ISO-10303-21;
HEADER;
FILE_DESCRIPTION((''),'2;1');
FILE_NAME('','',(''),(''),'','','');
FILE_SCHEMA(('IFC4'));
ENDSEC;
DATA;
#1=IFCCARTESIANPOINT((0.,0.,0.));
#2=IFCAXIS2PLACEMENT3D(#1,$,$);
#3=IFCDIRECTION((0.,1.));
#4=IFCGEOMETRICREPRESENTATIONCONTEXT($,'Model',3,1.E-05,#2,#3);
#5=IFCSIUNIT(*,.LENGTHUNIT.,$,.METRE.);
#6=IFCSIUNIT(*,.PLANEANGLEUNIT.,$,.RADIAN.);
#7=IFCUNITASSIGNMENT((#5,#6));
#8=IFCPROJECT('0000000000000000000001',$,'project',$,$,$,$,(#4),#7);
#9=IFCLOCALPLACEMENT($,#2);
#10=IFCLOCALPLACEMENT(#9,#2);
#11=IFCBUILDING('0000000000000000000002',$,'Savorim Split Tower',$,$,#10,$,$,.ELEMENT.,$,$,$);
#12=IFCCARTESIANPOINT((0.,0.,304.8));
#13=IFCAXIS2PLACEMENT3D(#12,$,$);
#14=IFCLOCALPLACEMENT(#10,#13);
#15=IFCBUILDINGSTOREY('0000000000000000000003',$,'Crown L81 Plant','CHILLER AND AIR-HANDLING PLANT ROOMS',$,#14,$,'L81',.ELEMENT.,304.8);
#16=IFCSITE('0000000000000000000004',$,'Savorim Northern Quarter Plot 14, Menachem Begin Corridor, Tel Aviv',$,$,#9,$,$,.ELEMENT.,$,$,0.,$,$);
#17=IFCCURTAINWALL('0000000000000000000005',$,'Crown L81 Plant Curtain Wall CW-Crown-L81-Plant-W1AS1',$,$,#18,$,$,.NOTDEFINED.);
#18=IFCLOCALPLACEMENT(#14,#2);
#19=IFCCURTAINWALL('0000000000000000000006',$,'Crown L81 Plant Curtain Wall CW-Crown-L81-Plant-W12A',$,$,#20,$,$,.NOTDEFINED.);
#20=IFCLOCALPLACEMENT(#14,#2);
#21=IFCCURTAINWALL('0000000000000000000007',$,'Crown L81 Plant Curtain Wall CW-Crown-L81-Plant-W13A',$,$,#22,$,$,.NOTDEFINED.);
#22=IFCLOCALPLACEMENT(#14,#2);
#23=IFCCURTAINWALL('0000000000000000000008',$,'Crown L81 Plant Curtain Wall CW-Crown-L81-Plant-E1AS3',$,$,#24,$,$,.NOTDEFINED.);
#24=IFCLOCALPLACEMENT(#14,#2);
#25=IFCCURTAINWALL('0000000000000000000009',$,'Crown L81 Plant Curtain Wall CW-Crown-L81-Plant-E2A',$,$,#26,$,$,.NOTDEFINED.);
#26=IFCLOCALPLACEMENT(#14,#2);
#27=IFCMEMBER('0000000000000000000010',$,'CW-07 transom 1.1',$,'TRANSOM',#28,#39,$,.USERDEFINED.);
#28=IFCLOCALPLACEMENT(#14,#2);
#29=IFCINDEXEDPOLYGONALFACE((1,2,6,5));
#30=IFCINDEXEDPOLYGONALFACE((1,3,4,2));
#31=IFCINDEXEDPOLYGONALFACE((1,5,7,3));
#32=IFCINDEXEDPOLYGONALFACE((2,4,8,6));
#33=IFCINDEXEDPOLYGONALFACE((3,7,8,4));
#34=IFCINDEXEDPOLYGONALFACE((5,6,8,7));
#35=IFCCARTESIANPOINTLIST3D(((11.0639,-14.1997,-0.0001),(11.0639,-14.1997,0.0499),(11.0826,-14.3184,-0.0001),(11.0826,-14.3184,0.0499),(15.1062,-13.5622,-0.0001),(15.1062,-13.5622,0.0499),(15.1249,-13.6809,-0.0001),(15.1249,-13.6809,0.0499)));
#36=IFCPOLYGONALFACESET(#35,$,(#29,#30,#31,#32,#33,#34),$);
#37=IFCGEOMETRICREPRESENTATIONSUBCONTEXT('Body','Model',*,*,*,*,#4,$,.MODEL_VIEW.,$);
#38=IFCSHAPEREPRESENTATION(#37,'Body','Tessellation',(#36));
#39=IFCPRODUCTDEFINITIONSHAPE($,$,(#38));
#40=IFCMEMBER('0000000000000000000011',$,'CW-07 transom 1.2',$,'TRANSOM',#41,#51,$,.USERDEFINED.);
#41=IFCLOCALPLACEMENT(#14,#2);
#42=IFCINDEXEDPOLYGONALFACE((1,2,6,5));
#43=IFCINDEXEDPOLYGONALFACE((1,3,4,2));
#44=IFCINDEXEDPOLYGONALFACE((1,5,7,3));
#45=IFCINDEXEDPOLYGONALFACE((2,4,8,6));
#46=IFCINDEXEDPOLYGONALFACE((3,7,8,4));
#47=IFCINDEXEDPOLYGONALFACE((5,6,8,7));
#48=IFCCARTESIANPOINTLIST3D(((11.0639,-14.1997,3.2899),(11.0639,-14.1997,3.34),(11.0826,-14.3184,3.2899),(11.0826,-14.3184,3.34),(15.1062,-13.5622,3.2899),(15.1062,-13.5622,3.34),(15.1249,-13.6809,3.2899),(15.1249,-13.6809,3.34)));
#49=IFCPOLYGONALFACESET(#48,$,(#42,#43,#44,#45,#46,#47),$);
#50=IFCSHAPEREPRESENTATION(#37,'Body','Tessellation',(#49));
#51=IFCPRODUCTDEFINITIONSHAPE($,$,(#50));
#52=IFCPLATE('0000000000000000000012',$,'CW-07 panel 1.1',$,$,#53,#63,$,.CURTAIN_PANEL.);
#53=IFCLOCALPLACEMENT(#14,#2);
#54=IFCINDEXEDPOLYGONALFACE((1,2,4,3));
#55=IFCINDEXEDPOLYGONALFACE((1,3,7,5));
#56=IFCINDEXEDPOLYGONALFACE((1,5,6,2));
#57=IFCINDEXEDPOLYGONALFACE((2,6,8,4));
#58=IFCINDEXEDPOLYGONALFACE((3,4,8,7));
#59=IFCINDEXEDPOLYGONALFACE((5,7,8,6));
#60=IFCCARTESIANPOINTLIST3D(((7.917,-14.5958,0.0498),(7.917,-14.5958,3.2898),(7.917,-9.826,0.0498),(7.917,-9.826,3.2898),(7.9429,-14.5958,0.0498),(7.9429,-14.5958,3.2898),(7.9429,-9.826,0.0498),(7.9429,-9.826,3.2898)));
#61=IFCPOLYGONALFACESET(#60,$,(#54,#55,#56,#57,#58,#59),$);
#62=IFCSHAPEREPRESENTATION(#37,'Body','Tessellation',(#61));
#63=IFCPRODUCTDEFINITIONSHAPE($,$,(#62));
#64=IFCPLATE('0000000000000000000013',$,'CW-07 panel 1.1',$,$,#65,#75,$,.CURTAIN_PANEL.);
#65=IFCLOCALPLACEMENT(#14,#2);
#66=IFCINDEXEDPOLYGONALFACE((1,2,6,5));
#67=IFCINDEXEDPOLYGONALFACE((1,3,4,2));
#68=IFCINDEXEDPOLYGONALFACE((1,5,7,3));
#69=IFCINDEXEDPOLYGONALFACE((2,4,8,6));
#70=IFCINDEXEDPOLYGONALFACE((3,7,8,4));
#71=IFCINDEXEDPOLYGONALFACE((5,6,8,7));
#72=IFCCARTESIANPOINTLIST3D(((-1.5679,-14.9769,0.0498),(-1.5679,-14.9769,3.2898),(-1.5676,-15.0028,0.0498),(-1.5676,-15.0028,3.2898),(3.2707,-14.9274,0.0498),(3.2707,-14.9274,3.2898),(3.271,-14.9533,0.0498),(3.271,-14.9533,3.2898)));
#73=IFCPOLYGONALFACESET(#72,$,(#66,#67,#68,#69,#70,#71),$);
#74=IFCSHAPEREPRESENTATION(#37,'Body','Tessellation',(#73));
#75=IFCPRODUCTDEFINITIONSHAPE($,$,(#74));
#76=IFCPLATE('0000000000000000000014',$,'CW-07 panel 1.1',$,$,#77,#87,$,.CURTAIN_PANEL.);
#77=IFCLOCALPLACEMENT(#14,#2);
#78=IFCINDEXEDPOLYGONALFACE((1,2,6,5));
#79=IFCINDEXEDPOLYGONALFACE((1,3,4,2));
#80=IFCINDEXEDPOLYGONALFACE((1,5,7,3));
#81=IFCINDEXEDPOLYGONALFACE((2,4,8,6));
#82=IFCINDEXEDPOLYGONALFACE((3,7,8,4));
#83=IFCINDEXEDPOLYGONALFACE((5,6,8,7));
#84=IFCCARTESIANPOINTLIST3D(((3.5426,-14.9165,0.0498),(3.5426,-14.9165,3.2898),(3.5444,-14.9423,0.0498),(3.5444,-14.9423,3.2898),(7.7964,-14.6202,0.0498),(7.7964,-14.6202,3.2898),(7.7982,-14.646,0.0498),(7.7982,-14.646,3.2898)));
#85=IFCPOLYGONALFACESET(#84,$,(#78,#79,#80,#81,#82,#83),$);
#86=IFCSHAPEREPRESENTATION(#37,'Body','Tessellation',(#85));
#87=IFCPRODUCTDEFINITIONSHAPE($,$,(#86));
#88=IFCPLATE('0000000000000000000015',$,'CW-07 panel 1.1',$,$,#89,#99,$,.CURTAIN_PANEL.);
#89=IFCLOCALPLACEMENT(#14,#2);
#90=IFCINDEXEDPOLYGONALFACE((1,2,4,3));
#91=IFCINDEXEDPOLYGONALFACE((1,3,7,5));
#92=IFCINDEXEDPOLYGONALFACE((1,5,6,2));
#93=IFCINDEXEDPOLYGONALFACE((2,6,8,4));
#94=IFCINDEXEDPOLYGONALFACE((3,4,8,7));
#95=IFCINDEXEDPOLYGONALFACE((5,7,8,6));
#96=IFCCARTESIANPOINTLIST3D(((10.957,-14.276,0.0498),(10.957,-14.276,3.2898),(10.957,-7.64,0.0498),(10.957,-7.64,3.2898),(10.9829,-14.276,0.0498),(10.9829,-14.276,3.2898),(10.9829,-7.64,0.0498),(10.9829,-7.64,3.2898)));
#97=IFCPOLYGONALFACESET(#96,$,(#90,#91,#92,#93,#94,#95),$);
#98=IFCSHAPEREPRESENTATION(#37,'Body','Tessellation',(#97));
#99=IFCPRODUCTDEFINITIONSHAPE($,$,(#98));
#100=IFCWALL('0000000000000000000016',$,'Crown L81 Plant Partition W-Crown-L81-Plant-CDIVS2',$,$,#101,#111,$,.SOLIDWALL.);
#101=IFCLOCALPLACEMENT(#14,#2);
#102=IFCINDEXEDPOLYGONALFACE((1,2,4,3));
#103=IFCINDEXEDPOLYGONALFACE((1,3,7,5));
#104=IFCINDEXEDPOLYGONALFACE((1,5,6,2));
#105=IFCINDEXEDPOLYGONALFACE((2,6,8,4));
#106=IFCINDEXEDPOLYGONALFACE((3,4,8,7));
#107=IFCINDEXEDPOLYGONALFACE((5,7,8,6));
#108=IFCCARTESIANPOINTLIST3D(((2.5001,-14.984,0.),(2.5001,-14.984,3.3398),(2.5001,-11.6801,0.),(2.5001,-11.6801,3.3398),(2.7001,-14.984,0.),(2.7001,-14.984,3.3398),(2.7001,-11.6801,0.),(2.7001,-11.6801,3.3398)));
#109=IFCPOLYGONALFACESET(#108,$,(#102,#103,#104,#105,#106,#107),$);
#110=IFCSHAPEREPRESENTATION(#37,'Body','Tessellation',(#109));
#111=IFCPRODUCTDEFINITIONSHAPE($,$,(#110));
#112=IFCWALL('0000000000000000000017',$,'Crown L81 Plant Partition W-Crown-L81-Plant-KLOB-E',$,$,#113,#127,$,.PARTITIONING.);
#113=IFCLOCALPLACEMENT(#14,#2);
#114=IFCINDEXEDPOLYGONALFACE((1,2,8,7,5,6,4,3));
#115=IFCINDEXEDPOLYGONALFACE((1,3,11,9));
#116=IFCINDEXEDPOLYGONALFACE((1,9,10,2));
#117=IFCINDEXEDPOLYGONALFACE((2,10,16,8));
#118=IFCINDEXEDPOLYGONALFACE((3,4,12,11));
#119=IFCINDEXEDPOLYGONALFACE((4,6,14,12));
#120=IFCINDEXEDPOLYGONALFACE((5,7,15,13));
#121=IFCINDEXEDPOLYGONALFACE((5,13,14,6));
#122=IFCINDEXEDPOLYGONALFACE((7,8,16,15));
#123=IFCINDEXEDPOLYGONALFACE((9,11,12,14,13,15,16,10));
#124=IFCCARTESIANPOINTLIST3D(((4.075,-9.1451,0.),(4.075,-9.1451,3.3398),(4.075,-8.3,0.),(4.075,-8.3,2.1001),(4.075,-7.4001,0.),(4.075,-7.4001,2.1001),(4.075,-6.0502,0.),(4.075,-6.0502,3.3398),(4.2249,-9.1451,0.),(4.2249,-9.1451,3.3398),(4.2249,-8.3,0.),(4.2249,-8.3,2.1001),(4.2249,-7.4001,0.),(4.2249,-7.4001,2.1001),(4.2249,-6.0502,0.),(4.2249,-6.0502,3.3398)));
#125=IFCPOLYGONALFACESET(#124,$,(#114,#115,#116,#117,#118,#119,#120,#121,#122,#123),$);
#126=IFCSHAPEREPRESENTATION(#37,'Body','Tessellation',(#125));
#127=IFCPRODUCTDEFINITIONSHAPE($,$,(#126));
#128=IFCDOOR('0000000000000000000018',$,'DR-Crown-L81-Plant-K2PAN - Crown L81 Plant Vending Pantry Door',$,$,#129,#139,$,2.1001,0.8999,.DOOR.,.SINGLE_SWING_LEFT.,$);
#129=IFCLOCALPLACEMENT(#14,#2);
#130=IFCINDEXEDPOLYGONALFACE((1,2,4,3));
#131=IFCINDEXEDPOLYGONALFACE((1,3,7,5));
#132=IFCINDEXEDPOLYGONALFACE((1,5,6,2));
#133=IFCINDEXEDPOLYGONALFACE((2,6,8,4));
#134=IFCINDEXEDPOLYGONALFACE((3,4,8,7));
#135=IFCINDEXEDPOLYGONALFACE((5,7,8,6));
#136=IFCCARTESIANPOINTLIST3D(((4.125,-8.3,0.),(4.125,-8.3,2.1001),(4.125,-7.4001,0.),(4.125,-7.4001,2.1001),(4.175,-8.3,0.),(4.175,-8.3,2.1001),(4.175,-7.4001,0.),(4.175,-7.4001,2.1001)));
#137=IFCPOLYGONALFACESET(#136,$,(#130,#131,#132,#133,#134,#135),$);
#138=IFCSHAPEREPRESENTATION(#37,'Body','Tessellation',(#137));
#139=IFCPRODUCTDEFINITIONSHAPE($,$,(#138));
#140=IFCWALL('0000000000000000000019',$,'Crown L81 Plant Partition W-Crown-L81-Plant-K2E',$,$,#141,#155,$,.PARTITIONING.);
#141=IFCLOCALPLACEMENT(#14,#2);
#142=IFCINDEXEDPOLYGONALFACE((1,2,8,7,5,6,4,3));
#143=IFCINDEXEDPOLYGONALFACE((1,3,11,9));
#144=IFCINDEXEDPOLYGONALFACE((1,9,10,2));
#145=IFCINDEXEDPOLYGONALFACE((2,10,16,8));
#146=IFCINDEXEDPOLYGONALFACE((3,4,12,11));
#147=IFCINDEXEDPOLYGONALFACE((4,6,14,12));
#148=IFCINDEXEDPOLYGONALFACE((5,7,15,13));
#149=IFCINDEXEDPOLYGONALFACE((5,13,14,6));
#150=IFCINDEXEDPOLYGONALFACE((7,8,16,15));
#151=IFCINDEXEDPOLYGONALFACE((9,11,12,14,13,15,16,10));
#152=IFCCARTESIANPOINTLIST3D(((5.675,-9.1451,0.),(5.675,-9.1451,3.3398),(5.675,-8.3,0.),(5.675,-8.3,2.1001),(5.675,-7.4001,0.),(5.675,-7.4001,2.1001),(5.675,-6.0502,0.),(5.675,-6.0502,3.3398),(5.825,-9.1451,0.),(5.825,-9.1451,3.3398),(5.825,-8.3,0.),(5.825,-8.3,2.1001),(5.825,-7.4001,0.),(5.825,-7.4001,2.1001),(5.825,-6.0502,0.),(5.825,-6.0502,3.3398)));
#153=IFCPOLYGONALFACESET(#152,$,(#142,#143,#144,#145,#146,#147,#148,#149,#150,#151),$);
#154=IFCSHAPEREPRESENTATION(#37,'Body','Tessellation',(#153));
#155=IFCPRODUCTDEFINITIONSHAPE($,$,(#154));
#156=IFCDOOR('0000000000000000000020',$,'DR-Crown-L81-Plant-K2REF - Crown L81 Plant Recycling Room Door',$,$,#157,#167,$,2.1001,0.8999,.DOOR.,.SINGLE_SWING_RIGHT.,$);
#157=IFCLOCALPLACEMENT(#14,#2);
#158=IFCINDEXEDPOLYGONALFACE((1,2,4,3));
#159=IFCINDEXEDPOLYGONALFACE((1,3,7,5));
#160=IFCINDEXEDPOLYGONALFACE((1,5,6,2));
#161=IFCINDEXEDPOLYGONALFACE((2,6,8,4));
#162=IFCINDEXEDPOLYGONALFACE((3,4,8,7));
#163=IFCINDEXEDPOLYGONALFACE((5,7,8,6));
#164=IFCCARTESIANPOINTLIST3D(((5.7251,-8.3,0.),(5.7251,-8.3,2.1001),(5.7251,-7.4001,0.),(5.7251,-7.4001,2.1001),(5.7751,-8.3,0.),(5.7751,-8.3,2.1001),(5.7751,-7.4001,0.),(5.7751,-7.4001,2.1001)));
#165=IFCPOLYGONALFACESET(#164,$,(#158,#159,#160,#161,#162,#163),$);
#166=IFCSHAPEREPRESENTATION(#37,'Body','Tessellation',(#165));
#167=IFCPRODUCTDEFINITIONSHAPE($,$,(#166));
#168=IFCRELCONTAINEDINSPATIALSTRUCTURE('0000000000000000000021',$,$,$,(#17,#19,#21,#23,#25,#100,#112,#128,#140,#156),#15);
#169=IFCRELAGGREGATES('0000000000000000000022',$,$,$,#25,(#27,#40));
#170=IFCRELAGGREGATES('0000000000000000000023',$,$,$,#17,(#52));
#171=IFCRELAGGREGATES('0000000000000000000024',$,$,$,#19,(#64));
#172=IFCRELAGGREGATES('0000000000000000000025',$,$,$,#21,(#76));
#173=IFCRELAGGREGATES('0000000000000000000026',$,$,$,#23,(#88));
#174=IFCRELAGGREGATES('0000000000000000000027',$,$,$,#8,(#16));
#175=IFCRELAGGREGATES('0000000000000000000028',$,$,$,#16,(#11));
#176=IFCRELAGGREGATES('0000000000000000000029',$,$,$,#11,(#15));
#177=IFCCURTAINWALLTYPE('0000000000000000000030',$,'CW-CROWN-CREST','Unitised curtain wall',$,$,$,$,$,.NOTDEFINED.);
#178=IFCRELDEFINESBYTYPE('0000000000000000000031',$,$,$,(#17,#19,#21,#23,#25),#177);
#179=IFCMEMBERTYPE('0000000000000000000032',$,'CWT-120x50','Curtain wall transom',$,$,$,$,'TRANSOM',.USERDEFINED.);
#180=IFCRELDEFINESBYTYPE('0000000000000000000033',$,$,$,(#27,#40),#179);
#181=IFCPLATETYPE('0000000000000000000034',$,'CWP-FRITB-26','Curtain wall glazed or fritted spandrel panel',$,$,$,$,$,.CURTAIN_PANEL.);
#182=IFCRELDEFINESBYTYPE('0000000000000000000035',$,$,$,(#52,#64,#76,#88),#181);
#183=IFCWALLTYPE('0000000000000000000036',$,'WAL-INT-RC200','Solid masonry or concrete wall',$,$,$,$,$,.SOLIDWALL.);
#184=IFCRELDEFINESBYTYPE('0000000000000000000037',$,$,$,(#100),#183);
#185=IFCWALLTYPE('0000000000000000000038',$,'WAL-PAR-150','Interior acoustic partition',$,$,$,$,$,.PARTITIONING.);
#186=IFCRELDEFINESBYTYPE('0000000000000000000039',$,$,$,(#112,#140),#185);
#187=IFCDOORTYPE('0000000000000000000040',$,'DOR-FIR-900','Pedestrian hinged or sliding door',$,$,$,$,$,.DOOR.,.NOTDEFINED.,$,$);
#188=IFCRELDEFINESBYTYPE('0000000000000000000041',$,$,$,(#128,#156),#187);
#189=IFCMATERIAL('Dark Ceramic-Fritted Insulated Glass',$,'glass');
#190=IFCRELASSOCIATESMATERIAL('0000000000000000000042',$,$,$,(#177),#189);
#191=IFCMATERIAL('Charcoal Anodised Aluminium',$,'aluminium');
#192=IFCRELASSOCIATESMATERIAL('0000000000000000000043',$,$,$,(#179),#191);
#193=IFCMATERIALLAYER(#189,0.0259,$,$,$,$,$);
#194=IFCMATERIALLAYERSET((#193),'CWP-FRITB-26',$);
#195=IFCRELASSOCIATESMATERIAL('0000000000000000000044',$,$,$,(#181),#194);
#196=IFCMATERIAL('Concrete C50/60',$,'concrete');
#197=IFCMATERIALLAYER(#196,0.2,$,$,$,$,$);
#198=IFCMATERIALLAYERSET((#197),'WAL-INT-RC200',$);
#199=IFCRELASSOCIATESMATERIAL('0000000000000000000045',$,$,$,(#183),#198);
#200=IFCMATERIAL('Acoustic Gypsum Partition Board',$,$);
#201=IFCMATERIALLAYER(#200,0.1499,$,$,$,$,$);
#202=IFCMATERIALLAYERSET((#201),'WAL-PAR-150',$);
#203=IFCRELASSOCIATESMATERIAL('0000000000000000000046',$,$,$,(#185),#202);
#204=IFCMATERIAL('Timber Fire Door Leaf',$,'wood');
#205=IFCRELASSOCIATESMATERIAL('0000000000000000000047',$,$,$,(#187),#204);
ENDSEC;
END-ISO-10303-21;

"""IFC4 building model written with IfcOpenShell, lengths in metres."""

from ifc_helpers import new_model, si_unit, direction, frame, frame_2d, origin, origin_2d, place, context, subcontext, project, spatial, rectangle, extrude, material, layer, layer_set, material_profile, profile_set, type_object, element, fill, aggregate, save


model = new_model("IFC4")

# Units and contexts
model_context = context("Model", 3, precision=1e-05, world=origin(), true_north=direction((0.0, 1.0)))
body_context = subcontext(model_context, "Body", "Model", "MODEL_VIEW")
ifc_project = project(units=[si_unit("LENGTHUNIT", "METRE"), si_unit("PLANEANGLEUNIT", "RADIAN")], contexts=[model_context])

# Site, building, storey
site_placement = place(None, origin())
site = spatial("IfcSite", under=ifc_project, at=site_placement, Name="Savorim Northern Quarter Plot 14, Menachem Begin Corridor, Tel Aviv", CompositionType="ELEMENT", RefElevation=0.0)
building_placement = place(site_placement, origin())
building = spatial("IfcBuilding", under=site, at=building_placement, Name="Savorim Split Tower", CompositionType="ELEMENT")
storey_placement = place(building_placement, frame((0.0, 0.0, 304.8)))
storey = spatial("IfcBuildingStorey", under=building, at=storey_placement, Name="Crown L81 Plant", Description="CHILLER AND AIR-HANDLING PLANT ROOMS", LongName="L81", CompositionType="ELEMENT", Elevation=304.8)

# Curtain wall
ifc_material_1 = material(Name="Dark Ceramic-Fritted Insulated Glass", Category="glass")
curtain_wall_type = type_object("IfcCurtainWallType", Name="CW-CROWN-CREST", Description="Unitised curtain wall", PredefinedType="NOTDEFINED", material=ifc_material_1)
curtain_wall_1_placement = place(storey_placement, origin())
curtain_wall_1 = element("IfcCurtainWall", 1, at=curtain_wall_1_placement, inside=storey, type_object=curtain_wall_type, Name="Crown L81 Plant Curtain Wall CW-Crown-L81-Plant-W1AS1", PredefinedType="NOTDEFINED")
ifc_material_2 = material(Name="Charcoal Anodised Aluminium", Category="aluminium")

# Curtain wall
curtain_wall_2_placement = place(storey_placement, origin())
curtain_wall_2 = element("IfcCurtainWall", 2, at=curtain_wall_2_placement, inside=storey, type_object=curtain_wall_type, Name="Crown L81 Plant Curtain Wall CW-Crown-L81-Plant-W12A", PredefinedType="NOTDEFINED")

# Curtain wall
curtain_wall_3_placement = place(storey_placement, origin())
curtain_wall_3 = element("IfcCurtainWall", 3, at=curtain_wall_3_placement, inside=storey, type_object=curtain_wall_type, Name="Crown L81 Plant Curtain Wall CW-Crown-L81-Plant-W13A", PredefinedType="NOTDEFINED")

# Curtain walls
curtain_wall_4_placement = place(storey_placement, origin())
curtain_wall_4 = element("IfcCurtainWall", 4, at=curtain_wall_4_placement, inside=storey, type_object=curtain_wall_type, Name="Crown L81 Plant Curtain Wall CW-Crown-L81-Plant-E1AS3", PredefinedType="NOTDEFINED")
curtain_wall_5_placement = place(storey_placement, origin())
curtain_wall_5 = element("IfcCurtainWall", 5, at=curtain_wall_5_placement, inside=storey, type_object=curtain_wall_type, Name="Crown L81 Plant Curtain Wall CW-Crown-L81-Plant-E2A", PredefinedType="NOTDEFINED")

# Members
ifc_material_profile_1 = material_profile(ifc_material_2, rectangle(XDim=0.1201, YDim=0.05, at=origin_2d()), Name="ALU-T 120x50")
ifc_profile_set_1 = profile_set([ifc_material_profile_1], Name="Charcoal Anodised Aluminium")
member_type_1 = type_object("IfcMemberType", Name="CWT-120x50", Description="Curtain wall transom", ElementType="TRANSOM", PredefinedType="USERDEFINED", material=ifc_profile_set_1)
member_1_placement = place(storey_placement, frame((11.0732, -14.259, 0.0249), z_axis=(0.987793, 0.155773, 0.0), x_axis=(-0.155773, 0.987793, 0.0)))
member_1 = element("IfcMember", 6, at=member_1_placement, type_object=member_type_1, Name="CW-07 transom 1.1", ObjectType="TRANSOM", PredefinedType="USERDEFINED", context=body_context, shape_type="SweptSolid", body=[
    extrude(rectangle(XDim=0.1201, YDim=0.05, at=origin_2d()), origin(), (0.0, 0.0, 1.0), 4.0923),
])
member_2_placement = place(storey_placement, frame((11.0732, -14.259, 3.3149), z_axis=(0.987793, 0.155773, 0.0), x_axis=(-0.155773, 0.987793, 0.0)))
member_2 = element("IfcMember", 7, at=member_2_placement, type_object=member_type_1, Name="CW-07 transom 1.2", ObjectType="TRANSOM", PredefinedType="USERDEFINED", context=body_context, shape_type="SweptSolid", body=[
    extrude(rectangle(XDim=0.1201, YDim=0.05, at=origin_2d()), origin(), (0.0, 0.0, 1.0), 4.0923),
])
aggregate(curtain_wall_5, [member_1, member_2])

# Plates
ifc_layer_1 = layer(ifc_material_1, 0.0259)
ifc_layer_set_1 = layer_set([ifc_layer_1], Name="CWP-FRITB-26")
plate_type = type_object("IfcPlateType", Name="CWP-FRITB-26", Description="Curtain wall glazed or fritted spandrel panel", PredefinedType="CURTAIN_PANEL", material=ifc_layer_set_1)
plate_1_placement = place(storey_placement, frame((7.9299, -12.2109, 0.0498), z_axis=(0.0, 0.0, 1.0), x_axis=(0.0, 1.0, 0.0)))
plate_1 = element("IfcPlate", 8, at=plate_1_placement, type_object=plate_type, Name="CW-07 panel 1.1", PredefinedType="CURTAIN_PANEL", context=body_context, shape_type="SweptSolid", body=[
    extrude(rectangle(XDim=4.7698, YDim=0.0259, at=origin_2d()), origin(), (0.0, 0.0, 1.0), 3.24),
])
aggregate(curtain_wall_1, [plate_1])
plate_2_placement = place(storey_placement, frame((0.8516, -14.9651, 0.0498), z_axis=(0.0, 0.0, 1.0), x_axis=(0.999948, 0.010224, 0.0)))
plate_2 = element("IfcPlate", 9, at=plate_2_placement, type_object=plate_type, Name="CW-07 panel 1.1", PredefinedType="CURTAIN_PANEL", context=body_context, shape_type="SweptSolid", body=[
    extrude(rectangle(XDim=4.8389, YDim=0.0259, at=origin_2d()), origin(), (0.0, 0.0, 1.0), 3.24),
])
aggregate(curtain_wall_2, [plate_2])
plate_3_placement = place(storey_placement, frame((5.6704, -14.7812, 0.0498), z_axis=(0.0, 0.0, 1.0), x_axis=(0.997582, 0.069501, 0.0)))
plate_3 = element("IfcPlate", 10, at=plate_3_placement, type_object=plate_type, Name="CW-07 panel 1.1", PredefinedType="CURTAIN_PANEL", context=body_context, shape_type="SweptSolid", body=[
    extrude(rectangle(XDim=4.2642, YDim=0.0259, at=origin_2d()), origin(), (0.0, 0.0, 1.0), 3.24),
])
aggregate(curtain_wall_3, [plate_3])
plate_4_placement = place(storey_placement, frame((10.97, -10.958, 0.0498), z_axis=(0.0, 0.0, 1.0), x_axis=(0.0, -1.0, 0.0)))
plate_4 = element("IfcPlate", 11, at=plate_4_placement, type_object=plate_type, Name="CW-07 panel 1.1", PredefinedType="CURTAIN_PANEL", context=body_context, shape_type="SweptSolid", body=[
    extrude(rectangle(XDim=6.636, YDim=0.0259, at=origin_2d()), origin(), (0.0, 0.0, 1.0), 3.24),
])
aggregate(curtain_wall_4, [plate_4])

# Wall
ifc_material_3 = material(Name="Concrete C50/60", Category="concrete")
ifc_layer_2 = layer(ifc_material_3, 0.2)
ifc_layer_set_2 = layer_set([ifc_layer_2], Name="WAL-INT-RC200")
wall_type_1 = type_object("IfcWallType", Name="WAL-INT-RC200", Description="Solid masonry or concrete wall", PredefinedType="SOLIDWALL", material=ifc_layer_set_2)
wall_1_placement = place(storey_placement, frame((2.6001, -14.9839, 0.0), z_axis=(0.0, 0.0, 1.0), x_axis=(0.0, 1.0, 0.0)))
element("IfcWall", 12, at=wall_1_placement, inside=storey, type_object=wall_type_1, Name="Crown L81 Plant Partition W-Crown-L81-Plant-CDIVS2", PredefinedType="SOLIDWALL", context=body_context, shape_type="SweptSolid", body=[
    extrude(rectangle(XDim=3.304, YDim=0.2, at=frame_2d((1.6519, 0.0))), origin(), (0.0, 0.0, 1.0), 3.3398),
])

# Walls, openings, doors
ifc_material_4 = material(Name="Acoustic Gypsum Partition Board")
ifc_layer_3 = layer(ifc_material_4, 0.1499)
ifc_layer_set_3 = layer_set([ifc_layer_3], Name="WAL-PAR-150")
wall_type_2 = type_object("IfcWallType", Name="WAL-PAR-150", Description="Interior acoustic partition", PredefinedType="PARTITIONING", material=ifc_layer_set_3)
wall_2_placement = place(storey_placement, frame((4.1499, -9.145, 0.0), z_axis=(0.0, 0.0, 1.0), x_axis=(0.0, 1.0, 0.0)))
wall_2 = element("IfcWall", 13, at=wall_2_placement, inside=storey, type_object=wall_type_2, Name="Crown L81 Plant Partition W-Crown-L81-Plant-KLOB-E", PredefinedType="PARTITIONING", context=body_context, shape_type="SweptSolid", body=[
    extrude(rectangle(XDim=3.095, YDim=0.1499, at=frame_2d((1.5474, 0.0))), origin(), (0.0, 0.0, 1.0), 3.3398),
])
opening_1_placement = place(wall_2_placement, frame((0.845, 0.0, 0.0)))
opening_1 = element("IfcOpeningElement", 14, at=opening_1_placement, cuts=wall_2, PredefinedType="OPENING", context=body_context, shape_type="SweptSolid", body=[
    extrude(rectangle(XDim=0.8999, YDim=2.1001, at=frame_2d((0.45, 1.05))), frame((0.0, 0.085, 0.0), z_axis=(0.0, -1.0, 0.0), x_axis=(1.0, 0.0, 0.0)), (0.0, 0.0, 1.0), 0.1699),
])
ifc_material_5 = material(Name="Timber Fire Door Leaf", Category="wood")
door_type = type_object("IfcDoorType", Name="DOR-FIR-900", Description="Pedestrian hinged or sliding door", OperationType="NOTDEFINED", PredefinedType="DOOR", material=ifc_material_5)
door_1_placement = place(opening_1_placement, origin())
door_1 = element("IfcDoor", 15, at=door_1_placement, inside=storey, type_object=door_type, Name="DR-Crown-L81-Plant-K2PAN - Crown L81 Plant Vending Pantry Door", OperationType="SINGLE_SWING_LEFT", OverallHeight=2.1001, OverallWidth=0.8999, PredefinedType="DOOR", context=body_context, shape_type="SweptSolid", body=[
    extrude(rectangle(XDim=0.8999, YDim=2.1001, at=frame_2d((0.45, 1.05))), frame((0.0, 0.0249, 0.0), z_axis=(0.0, -1.0, 0.0), x_axis=(1.0, 0.0, 0.0)), (0.0, 0.0, 1.0), 0.05),
])
fill(opening_1, door_1)
wall_3_placement = place(storey_placement, frame((5.75, -9.145, 0.0), z_axis=(0.0, 0.0, 1.0), x_axis=(0.0, 1.0, 0.0)))
wall_3 = element("IfcWall", 16, at=wall_3_placement, inside=storey, type_object=wall_type_2, Name="Crown L81 Plant Partition W-Crown-L81-Plant-K2E", PredefinedType="PARTITIONING", context=body_context, shape_type="SweptSolid", body=[
    extrude(rectangle(XDim=3.095, YDim=0.1499, at=frame_2d((1.5474, 0.0))), origin(), (0.0, 0.0, 1.0), 3.3398),
])
opening_2_placement = place(wall_3_placement, frame((0.845, 0.0, 0.0)))
opening_2 = element("IfcOpeningElement", 17, at=opening_2_placement, cuts=wall_3, PredefinedType="OPENING", context=body_context, shape_type="SweptSolid", body=[
    extrude(rectangle(XDim=0.8999, YDim=2.1001, at=frame_2d((0.45, 1.05))), frame((0.0, 0.085, 0.0), z_axis=(0.0, -1.0, 0.0), x_axis=(1.0, 0.0, 0.0)), (0.0, 0.0, 1.0), 0.1699),
])
door_2_placement = place(opening_2_placement, origin())
door_2 = element("IfcDoor", 18, at=door_2_placement, inside=storey, type_object=door_type, Name="DR-Crown-L81-Plant-K2REF - Crown L81 Plant Recycling Room Door", OperationType="SINGLE_SWING_RIGHT", OverallHeight=2.1001, OverallWidth=0.8999, PredefinedType="DOOR", context=body_context, shape_type="SweptSolid", body=[
    extrude(rectangle(XDim=0.8999, YDim=2.1001, at=frame_2d((0.45, 1.05))), frame((0.0, 0.0249, 0.0), z_axis=(0.0, -1.0, 0.0), x_axis=(1.0, 0.0, 0.0)), (0.0, 0.0, 1.0), 0.05),
])
fill(opening_2, door_2)

save(model, "model.ifc")
